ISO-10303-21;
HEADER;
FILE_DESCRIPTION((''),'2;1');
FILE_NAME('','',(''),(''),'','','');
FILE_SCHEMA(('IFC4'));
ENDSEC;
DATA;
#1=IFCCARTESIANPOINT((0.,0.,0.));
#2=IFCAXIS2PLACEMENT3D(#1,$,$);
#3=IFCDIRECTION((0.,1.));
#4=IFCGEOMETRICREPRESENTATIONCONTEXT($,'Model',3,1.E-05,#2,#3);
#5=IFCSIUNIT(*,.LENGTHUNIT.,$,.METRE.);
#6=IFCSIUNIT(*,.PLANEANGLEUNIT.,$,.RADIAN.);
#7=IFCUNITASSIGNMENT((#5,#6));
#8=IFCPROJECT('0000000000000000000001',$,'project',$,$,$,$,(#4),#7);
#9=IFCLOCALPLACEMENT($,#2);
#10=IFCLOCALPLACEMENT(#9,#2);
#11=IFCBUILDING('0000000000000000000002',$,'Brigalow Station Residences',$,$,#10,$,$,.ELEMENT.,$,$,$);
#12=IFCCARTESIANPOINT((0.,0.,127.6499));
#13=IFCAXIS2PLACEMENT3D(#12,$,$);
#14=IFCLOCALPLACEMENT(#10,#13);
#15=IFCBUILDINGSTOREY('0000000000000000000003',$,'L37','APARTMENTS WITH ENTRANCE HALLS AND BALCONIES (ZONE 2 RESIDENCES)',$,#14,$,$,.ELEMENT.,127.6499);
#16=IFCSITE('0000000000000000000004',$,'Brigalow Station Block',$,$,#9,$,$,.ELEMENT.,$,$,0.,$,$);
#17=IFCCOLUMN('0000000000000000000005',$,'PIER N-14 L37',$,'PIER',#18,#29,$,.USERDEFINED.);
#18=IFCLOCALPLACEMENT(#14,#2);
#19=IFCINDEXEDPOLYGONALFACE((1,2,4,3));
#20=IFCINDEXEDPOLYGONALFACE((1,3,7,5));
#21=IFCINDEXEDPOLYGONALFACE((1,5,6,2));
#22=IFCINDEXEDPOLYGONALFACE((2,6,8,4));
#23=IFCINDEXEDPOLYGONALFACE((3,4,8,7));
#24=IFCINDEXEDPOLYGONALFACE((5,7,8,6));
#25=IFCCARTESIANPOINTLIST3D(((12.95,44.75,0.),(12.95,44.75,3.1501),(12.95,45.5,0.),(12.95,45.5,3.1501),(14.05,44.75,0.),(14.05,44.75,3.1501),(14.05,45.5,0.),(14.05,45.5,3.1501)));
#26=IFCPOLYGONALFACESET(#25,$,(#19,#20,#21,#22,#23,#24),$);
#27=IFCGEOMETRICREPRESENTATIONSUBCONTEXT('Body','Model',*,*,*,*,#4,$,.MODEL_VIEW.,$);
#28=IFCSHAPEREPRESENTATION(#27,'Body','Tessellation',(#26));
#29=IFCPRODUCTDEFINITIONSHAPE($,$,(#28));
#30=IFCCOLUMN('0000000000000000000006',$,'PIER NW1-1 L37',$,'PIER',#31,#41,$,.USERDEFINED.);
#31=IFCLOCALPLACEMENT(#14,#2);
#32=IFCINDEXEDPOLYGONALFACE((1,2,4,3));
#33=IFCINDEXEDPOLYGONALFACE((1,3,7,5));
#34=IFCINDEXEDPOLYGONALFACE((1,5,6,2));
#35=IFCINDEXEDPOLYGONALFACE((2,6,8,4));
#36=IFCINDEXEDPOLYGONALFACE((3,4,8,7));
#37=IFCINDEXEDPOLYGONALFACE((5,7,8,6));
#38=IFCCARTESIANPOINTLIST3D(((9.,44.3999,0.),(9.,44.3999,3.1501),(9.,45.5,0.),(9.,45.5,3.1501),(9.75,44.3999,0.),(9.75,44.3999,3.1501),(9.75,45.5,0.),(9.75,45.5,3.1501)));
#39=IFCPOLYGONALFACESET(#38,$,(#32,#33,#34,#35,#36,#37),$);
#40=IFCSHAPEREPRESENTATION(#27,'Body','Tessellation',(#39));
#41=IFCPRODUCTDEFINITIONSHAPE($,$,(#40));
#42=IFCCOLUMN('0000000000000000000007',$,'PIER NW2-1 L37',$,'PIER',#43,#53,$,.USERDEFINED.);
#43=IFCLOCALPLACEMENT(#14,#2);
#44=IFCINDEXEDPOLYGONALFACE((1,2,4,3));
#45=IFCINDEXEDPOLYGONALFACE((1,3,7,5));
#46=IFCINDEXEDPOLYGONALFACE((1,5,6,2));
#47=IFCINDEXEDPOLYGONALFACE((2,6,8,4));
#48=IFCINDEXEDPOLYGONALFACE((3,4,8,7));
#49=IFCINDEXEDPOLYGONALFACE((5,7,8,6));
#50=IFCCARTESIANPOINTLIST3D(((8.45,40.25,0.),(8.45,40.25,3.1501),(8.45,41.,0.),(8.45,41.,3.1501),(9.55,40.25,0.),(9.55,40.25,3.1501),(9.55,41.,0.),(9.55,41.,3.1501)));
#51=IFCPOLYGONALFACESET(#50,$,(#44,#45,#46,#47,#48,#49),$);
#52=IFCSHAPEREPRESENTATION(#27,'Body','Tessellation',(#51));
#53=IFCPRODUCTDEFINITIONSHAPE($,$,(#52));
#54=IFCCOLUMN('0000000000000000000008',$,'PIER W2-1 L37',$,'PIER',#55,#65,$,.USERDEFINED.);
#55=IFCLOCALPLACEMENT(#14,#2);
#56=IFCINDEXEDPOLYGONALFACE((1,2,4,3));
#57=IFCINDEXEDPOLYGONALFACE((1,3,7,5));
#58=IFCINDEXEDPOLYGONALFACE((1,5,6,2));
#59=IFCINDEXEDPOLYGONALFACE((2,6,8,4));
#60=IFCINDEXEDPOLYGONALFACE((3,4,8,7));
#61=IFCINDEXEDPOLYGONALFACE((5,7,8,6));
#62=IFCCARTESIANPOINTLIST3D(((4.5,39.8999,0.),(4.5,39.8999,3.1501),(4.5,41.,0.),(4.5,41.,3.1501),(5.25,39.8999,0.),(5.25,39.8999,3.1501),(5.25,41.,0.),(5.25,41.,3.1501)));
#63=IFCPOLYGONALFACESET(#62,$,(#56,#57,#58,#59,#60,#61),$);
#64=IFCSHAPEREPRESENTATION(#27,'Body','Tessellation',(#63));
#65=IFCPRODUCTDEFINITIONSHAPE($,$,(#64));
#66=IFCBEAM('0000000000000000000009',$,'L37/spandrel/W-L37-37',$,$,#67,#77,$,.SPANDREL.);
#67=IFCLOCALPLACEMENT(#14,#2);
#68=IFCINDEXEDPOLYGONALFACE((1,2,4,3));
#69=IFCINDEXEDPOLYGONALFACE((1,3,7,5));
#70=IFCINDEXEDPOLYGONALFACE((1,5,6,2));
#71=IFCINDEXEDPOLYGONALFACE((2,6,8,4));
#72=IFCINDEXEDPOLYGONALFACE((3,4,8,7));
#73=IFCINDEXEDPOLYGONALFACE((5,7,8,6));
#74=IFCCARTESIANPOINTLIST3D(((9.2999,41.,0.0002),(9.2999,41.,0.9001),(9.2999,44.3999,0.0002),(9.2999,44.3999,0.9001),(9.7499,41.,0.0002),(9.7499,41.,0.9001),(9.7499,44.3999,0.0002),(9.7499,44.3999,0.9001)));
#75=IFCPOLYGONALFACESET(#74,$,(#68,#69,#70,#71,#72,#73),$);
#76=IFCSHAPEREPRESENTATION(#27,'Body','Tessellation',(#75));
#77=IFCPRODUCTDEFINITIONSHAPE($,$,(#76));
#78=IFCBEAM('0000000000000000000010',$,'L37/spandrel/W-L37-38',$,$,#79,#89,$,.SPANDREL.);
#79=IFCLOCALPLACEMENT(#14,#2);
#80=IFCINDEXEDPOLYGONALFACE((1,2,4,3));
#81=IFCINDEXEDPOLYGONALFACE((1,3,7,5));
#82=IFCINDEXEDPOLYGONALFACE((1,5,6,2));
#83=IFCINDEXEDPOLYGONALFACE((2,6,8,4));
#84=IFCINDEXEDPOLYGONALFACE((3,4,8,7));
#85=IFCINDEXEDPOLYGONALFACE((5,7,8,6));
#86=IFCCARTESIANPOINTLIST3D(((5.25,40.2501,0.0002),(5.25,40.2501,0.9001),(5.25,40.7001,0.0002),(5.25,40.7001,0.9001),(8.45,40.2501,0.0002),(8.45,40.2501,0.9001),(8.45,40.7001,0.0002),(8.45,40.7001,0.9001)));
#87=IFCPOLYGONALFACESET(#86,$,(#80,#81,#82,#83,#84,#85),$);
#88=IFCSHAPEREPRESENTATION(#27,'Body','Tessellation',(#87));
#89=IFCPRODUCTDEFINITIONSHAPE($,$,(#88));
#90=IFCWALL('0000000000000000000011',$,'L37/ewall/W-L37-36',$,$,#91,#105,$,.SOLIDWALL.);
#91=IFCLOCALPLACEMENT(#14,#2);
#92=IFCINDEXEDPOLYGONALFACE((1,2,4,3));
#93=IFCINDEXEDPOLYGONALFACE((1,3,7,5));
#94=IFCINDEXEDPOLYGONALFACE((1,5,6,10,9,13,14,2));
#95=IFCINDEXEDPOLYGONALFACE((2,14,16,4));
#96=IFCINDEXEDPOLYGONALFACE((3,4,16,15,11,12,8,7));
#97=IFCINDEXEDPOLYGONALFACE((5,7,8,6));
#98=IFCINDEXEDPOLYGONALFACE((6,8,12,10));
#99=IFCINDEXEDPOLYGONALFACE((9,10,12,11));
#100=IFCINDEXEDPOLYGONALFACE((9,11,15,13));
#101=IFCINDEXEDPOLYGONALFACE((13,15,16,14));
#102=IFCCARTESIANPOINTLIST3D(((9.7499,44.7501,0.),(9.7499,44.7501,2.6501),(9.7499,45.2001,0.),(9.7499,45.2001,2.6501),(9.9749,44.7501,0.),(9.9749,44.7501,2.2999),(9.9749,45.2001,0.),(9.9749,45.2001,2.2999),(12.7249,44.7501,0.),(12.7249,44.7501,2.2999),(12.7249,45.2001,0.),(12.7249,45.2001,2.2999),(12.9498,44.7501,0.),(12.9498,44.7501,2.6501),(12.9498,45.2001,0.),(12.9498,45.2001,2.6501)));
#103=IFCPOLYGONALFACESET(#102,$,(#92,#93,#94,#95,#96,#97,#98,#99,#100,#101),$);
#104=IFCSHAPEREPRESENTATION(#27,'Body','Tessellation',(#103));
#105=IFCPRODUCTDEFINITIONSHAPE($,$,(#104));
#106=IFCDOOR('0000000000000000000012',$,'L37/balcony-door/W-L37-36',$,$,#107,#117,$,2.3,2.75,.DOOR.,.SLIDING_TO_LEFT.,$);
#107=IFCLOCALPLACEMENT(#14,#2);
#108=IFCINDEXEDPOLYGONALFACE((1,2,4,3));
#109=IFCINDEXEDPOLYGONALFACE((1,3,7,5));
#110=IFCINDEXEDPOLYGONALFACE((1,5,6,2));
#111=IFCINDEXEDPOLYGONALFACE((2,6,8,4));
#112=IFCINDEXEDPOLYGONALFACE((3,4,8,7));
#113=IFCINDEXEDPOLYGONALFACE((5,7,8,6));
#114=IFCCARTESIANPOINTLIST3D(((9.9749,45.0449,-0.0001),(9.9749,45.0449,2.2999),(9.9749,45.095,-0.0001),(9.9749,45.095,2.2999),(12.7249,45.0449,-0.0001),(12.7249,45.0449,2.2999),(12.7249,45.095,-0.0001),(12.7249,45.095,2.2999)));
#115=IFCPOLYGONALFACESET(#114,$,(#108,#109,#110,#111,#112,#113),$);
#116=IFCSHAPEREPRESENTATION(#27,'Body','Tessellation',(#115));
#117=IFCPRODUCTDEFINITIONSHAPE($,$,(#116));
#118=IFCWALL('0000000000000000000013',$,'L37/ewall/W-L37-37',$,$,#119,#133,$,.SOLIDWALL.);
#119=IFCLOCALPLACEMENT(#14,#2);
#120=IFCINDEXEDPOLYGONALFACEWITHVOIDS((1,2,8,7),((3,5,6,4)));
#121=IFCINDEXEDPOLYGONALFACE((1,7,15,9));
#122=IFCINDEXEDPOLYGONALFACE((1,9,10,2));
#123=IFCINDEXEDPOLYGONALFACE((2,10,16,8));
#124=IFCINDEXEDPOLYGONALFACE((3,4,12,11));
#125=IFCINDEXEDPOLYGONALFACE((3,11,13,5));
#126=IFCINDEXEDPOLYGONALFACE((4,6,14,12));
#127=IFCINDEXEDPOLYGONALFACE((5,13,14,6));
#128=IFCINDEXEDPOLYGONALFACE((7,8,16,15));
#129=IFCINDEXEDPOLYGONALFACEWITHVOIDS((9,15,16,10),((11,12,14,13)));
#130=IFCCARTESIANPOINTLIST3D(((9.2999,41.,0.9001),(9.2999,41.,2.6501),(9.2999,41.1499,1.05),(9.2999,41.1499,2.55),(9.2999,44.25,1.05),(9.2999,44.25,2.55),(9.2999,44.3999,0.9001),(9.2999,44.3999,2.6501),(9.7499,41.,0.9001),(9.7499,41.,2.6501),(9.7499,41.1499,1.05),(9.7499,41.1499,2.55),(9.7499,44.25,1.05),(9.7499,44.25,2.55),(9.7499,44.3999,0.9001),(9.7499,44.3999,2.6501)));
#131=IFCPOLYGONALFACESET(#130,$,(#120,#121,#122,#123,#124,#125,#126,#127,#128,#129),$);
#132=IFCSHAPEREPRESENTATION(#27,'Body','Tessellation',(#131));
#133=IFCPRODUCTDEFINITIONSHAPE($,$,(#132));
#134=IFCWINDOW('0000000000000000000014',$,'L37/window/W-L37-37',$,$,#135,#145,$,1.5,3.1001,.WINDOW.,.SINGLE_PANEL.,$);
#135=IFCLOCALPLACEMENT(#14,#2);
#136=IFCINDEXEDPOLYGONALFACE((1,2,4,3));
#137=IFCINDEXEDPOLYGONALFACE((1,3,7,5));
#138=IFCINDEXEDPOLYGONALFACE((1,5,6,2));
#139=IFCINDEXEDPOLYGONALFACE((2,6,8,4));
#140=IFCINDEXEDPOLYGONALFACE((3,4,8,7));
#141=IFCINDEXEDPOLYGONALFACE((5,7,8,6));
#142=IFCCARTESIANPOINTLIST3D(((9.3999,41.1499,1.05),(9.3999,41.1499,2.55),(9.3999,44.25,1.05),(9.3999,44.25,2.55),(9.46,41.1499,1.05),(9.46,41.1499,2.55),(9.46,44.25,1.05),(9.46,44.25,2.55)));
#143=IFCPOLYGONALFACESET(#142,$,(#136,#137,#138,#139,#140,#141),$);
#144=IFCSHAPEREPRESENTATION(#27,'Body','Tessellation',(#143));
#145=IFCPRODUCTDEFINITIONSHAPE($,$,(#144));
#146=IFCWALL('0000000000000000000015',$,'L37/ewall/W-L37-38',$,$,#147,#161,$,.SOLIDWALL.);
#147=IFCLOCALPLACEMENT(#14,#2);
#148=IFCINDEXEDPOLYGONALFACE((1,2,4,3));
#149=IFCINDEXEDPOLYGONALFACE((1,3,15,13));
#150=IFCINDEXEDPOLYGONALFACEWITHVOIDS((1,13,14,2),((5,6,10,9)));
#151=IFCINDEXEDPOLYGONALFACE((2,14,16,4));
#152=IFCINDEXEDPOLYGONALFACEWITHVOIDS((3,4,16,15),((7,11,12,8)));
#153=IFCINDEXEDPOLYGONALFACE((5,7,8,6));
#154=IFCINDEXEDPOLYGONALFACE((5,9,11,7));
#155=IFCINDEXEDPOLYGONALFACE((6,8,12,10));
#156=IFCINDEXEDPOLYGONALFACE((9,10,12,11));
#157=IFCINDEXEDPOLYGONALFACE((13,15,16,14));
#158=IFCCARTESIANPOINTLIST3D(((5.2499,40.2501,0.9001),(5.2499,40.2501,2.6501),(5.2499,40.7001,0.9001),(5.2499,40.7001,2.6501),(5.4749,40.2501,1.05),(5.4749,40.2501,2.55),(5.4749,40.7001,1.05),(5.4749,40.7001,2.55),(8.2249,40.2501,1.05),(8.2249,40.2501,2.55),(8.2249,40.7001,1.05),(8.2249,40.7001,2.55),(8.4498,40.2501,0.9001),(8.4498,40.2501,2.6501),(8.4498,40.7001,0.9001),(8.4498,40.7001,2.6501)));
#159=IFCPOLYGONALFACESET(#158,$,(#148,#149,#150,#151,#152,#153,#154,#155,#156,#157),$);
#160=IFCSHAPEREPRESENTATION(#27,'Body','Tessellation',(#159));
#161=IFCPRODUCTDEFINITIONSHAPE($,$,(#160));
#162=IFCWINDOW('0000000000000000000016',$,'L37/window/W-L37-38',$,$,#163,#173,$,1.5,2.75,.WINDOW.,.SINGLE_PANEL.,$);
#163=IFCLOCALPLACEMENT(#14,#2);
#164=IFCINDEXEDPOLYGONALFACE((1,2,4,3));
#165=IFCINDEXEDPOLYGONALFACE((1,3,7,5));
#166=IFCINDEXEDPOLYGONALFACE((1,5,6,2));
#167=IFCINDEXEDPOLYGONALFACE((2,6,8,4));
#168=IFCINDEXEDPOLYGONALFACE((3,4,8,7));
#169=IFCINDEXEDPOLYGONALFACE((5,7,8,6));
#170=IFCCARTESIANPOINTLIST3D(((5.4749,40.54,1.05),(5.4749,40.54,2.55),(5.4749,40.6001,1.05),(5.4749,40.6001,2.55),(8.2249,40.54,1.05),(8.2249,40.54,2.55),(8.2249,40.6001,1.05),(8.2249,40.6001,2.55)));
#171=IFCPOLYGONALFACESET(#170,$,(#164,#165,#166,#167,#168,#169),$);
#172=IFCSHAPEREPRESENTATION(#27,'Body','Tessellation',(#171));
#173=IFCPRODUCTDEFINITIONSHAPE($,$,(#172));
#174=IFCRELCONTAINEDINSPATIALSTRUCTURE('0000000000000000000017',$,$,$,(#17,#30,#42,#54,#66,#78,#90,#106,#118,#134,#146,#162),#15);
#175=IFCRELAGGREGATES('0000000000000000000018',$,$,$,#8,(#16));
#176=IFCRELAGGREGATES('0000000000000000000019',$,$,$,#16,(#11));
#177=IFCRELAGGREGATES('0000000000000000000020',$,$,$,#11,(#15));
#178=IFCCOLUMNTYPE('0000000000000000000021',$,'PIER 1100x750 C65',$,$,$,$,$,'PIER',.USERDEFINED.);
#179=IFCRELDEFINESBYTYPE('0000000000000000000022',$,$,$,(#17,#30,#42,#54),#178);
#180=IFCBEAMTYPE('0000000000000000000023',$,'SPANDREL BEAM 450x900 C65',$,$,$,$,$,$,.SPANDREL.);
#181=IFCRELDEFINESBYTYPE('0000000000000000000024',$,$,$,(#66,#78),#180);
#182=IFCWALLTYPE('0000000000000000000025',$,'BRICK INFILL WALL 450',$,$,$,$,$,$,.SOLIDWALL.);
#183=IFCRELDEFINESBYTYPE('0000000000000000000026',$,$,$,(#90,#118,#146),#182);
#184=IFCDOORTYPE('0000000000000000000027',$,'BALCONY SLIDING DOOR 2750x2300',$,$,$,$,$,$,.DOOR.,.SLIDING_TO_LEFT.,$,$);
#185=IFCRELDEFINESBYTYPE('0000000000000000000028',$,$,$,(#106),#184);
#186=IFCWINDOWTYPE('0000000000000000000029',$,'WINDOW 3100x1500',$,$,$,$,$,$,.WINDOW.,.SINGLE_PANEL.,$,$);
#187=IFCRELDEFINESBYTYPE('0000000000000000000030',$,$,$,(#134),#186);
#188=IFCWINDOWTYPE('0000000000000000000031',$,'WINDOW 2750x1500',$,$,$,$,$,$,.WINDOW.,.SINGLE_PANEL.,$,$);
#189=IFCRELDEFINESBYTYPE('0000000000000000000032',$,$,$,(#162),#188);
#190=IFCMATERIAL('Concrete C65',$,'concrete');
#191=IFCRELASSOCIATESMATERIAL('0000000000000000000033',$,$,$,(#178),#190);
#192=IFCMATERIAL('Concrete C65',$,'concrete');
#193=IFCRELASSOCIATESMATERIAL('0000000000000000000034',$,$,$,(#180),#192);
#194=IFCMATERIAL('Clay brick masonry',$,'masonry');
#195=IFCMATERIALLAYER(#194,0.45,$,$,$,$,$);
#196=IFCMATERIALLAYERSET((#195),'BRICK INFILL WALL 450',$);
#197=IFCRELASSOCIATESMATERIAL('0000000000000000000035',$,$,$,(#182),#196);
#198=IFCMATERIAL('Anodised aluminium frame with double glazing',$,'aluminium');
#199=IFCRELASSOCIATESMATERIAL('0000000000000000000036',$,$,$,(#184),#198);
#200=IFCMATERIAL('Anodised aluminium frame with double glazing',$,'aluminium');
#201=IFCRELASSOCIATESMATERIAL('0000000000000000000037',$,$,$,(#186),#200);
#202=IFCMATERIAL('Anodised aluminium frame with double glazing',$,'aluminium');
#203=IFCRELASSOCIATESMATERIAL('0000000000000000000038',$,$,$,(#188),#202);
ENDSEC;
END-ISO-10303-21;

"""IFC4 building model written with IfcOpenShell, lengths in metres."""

from ifc_helpers import new_model, si_unit, direction, frame, frame_2d, origin, origin_2d, place, context, subcontext, project, spatial, rectangle, extrude, material, layer, layer_set, material_profile, profile_set, type_object, element, fill, save


model = new_model("IFC4")

# Units and contexts
model_context = context("Model", 3, precision=1e-05, world=origin(), true_north=direction((0.0, 1.0)))
body_context = subcontext(model_context, "Body", "Model", "MODEL_VIEW")
ifc_project = project(units=[si_unit("LENGTHUNIT", "METRE"), si_unit("PLANEANGLEUNIT", "RADIAN")], contexts=[model_context])

# Site, building, storey
site_placement = place(None, origin())
site = spatial("IfcSite", under=ifc_project, at=site_placement, Name="Brigalow Station Block", CompositionType="ELEMENT", RefElevation=0.0)
building_placement = place(site_placement, origin())
building = spatial("IfcBuilding", under=site, at=building_placement, Name="Brigalow Station Residences", CompositionType="ELEMENT")
storey_placement = place(building_placement, frame((0.0, 0.0, 127.6499)))
storey = spatial("IfcBuildingStorey", under=building, at=storey_placement, Name="L37", Description="APARTMENTS WITH ENTRANCE HALLS AND BALCONIES (ZONE 2 RESIDENCES)", CompositionType="ELEMENT", Elevation=127.6499)

# Columns
ifc_material_1 = material(Name="Concrete C65", Category="concrete")
ifc_material_profile_1 = material_profile(ifc_material_1, rectangle(XDim=1.1001, YDim=0.75, at=origin_2d()), Name="RC1100x750")
ifc_profile_set_1 = profile_set([ifc_material_profile_1], Name="Concrete C65")
column_type = type_object("IfcColumnType", Name="PIER 1100x750 C65", ElementType="PIER", PredefinedType="USERDEFINED", material=ifc_profile_set_1)
for number, where, z_axis, x_axis, name in (
    (1, (13.5, 45.125, 0.0), (0.0, 0.0, 1.0), (-1.0, 0.0, 0.0), "PIER N-14 L37"),
    (2, (9.375, 44.95, 0.0), (0.0, 0.0, 1.0), (0.0, -1.0, 0.0), "PIER NW1-1 L37"),
    (3, (9.0, 40.625, 0.0), (0.0, 0.0, 1.0), (-1.0, 0.0, 0.0), "PIER NW2-1 L37"),
    (4, (4.875, 40.45, 0.0), (0.0, 0.0, 1.0), (0.0, -1.0, 0.0), "PIER W2-1 L37"),
):
    element("IfcColumn", number, at=place(storey_placement, frame(where, z_axis=z_axis, x_axis=x_axis)), inside=storey, type_object=column_type, Name=name, ObjectType="PIER", PredefinedType="USERDEFINED", context=body_context, shape_type="SweptSolid", body=[
        extrude(rectangle(XDim=1.1001, YDim=0.75, at=origin_2d()), origin(), (0.0, 0.0, 1.0), 3.1501),
    ])

# Beams
ifc_material_2 = material(Name="Concrete C65", Category="concrete")
ifc_material_profile_2 = material_profile(ifc_material_2, rectangle(XDim=0.45, YDim=0.8999, at=origin_2d()), Name="RC450x900")
ifc_profile_set_2 = profile_set([ifc_material_profile_2], Name="Concrete C65")
beam_type = type_object("IfcBeamType", Name="SPANDREL BEAM 450x900 C65", PredefinedType="SPANDREL", material=ifc_profile_set_2)
beam_1_placement = place(storey_placement, frame((9.5249, 44.3999, 0.4502), z_axis=(0.0, -1.0, 0.0), x_axis=(1.0, 0.0, 0.0)))
element("IfcBeam", 5, at=beam_1_placement, inside=storey, type_object=beam_type, Name="L37/spandrel/W-L37-37", PredefinedType="SPANDREL", context=body_context, shape_type="SweptSolid", body=[
    extrude(rectangle(XDim=0.45, YDim=0.8999, at=origin_2d()), origin(), (0.0, 0.0, 1.0), 3.3999),
])
beam_2_placement = place(storey_placement, frame((8.45, 40.4751, 0.4502), z_axis=(-1.0, 0.0, 0.0), x_axis=(0.0, -1.0, 0.0)))
element("IfcBeam", 6, at=beam_2_placement, inside=storey, type_object=beam_type, Name="L37/spandrel/W-L37-38", PredefinedType="SPANDREL", context=body_context, shape_type="SweptSolid", body=[
    extrude(rectangle(XDim=0.45, YDim=0.8999, at=origin_2d()), origin(), (0.0, 0.0, 1.0), 3.2),
])

# Wall, opening, door
ifc_material_3 = material(Name="Clay brick masonry", Category="masonry")
ifc_layer_1 = layer(ifc_material_3, 0.45)
ifc_layer_set_1 = layer_set([ifc_layer_1], Name="BRICK INFILL WALL 450")
wall_type_1 = type_object("IfcWallType", Name="BRICK INFILL WALL 450", PredefinedType="SOLIDWALL", material=ifc_layer_set_1)
wall_1_placement = place(storey_placement, frame((12.95, 44.9751, 0.0), z_axis=(0.0, 0.0, 1.0), x_axis=(-1.0, 0.0, 0.0)))
wall_1 = element("IfcWall", 7, at=wall_1_placement, inside=storey, type_object=wall_type_1, Name="L37/ewall/W-L37-36", PredefinedType="SOLIDWALL", context=body_context, shape_type="SweptSolid", body=[
    extrude(rectangle(XDim=3.2, YDim=0.45, at=frame_2d((1.6001, 0.0))), origin(), (0.0, 0.0, 1.0), 2.6501),
])
opening_1_placement = place(wall_1_placement, frame((0.2251, 0.0, 0.0)))
opening_1 = element("IfcOpeningElement", 8, at=opening_1_placement, cuts=wall_1, PredefinedType="OPENING", context=body_context, shape_type="SweptSolid", body=[
    extrude(rectangle(XDim=2.75, YDim=2.3, at=frame_2d((1.375, 1.1499))), frame((0.0, 0.2349, 0.0), z_axis=(0.0, -1.0, 0.0), x_axis=(1.0, 0.0, 0.0)), (0.0, 0.0, 1.0), 0.47),
])
ifc_material_4 = material(Name="Anodised aluminium frame with double glazing", Category="aluminium")
door_type_1 = type_object("IfcDoorType", Name="BALCONY SLIDING DOOR 2750x2300", OperationType="SLIDING_TO_LEFT", PredefinedType="DOOR", material=ifc_material_4)
door_1_placement = place(opening_1_placement, origin())
door_1 = element("IfcDoor", 9, at=door_1_placement, inside=storey, type_object=door_type_1, Name="L37/balcony-door/W-L37-36", OperationType="SLIDING_TO_LEFT", OverallHeight=2.3, OverallWidth=2.75, PredefinedType="DOOR", context=body_context, shape_type="SweptSolid", body=[
    extrude(rectangle(XDim=2.75, YDim=2.3, at=frame_2d((1.375, 1.1499))), frame((0.0, -0.0698, 0.0), z_axis=(0.0, -1.0, 0.0), x_axis=(1.0, 0.0, 0.0)), (0.0, 0.0, 1.0), 0.05),
])
fill(opening_1, door_1)

# Walls, openings, windows
wall_2_placement = place(storey_placement, frame((9.5249, 44.3999, 0.9001), z_axis=(0.0, 0.0, 1.0), x_axis=(0.0, -1.0, 0.0)))
wall_2 = element("IfcWall", 10, at=wall_2_placement, inside=storey, type_object=wall_type_1, Name="L37/ewall/W-L37-37", PredefinedType="SOLIDWALL", context=body_context, shape_type="SweptSolid", body=[
    extrude(rectangle(XDim=3.3999, YDim=0.45, at=frame_2d((1.7, 0.0))), origin(), (0.0, 0.0, 1.0), 1.75),
])
opening_2_placement = place(wall_2_placement, frame((0.1499, 0.0, 0.1499)))
opening_2 = element("IfcOpeningElement", 11, at=opening_2_placement, cuts=wall_2, PredefinedType="OPENING", context=body_context, shape_type="SweptSolid", body=[
    extrude(rectangle(XDim=3.1001, YDim=1.5, at=frame_2d((1.55, 0.75))), frame((0.0, 0.2349, 0.0), z_axis=(0.0, -1.0, 0.0), x_axis=(1.0, 0.0, 0.0)), (0.0, 0.0, 1.0), 0.47),
])
ifc_material_5 = material(Name="Anodised aluminium frame with double glazing", Category="aluminium")
window_type_1 = type_object("IfcWindowType", Name="WINDOW 3100x1500", PartitioningType="SINGLE_PANEL", PredefinedType="WINDOW", material=ifc_material_5)
window_1_placement = place(opening_2_placement, origin())
window_1 = element("IfcWindow", 12, at=window_1_placement, inside=storey, type_object=window_type_1, Name="L37/window/W-L37-37", OverallHeight=1.5, OverallWidth=3.1001, PartitioningType="SINGLE_PANEL", PredefinedType="WINDOW", context=body_context, shape_type="SweptSolid", body=[
    extrude(rectangle(XDim=3.1001, YDim=1.5, at=frame_2d((1.55, 0.75))), frame((0.0, -0.0649, 0.0), z_axis=(0.0, -1.0, 0.0), x_axis=(1.0, 0.0, 0.0)), (0.0, 0.0, 1.0), 0.0601),
])
fill(opening_2, window_1)
wall_3_placement = place(storey_placement, frame((8.45, 40.4751, 0.9001), z_axis=(0.0, 0.0, 1.0), x_axis=(-1.0, 0.0, 0.0)))
wall_3 = element("IfcWall", 13, at=wall_3_placement, inside=storey, type_object=wall_type_1, Name="L37/ewall/W-L37-38", PredefinedType="SOLIDWALL", context=body_context, shape_type="SweptSolid", body=[
    extrude(rectangle(XDim=3.2, YDim=0.45, at=frame_2d((1.6001, 0.0))), origin(), (0.0, 0.0, 1.0), 1.75),
])
opening_3_placement = place(wall_3_placement, frame((0.2251, 0.0, 0.1499)))
opening_3 = element("IfcOpeningElement", 14, at=opening_3_placement, cuts=wall_3, PredefinedType="OPENING", context=body_context, shape_type="SweptSolid", body=[
    extrude(rectangle(XDim=2.75, YDim=1.5, at=frame_2d((1.375, 0.75))), frame((0.0, 0.2349, 0.0), z_axis=(0.0, -1.0, 0.0), x_axis=(1.0, 0.0, 0.0)), (0.0, 0.0, 1.0), 0.47),
])
ifc_material_6 = material(Name="Anodised aluminium frame with double glazing", Category="aluminium")
window_type_2 = type_object("IfcWindowType", Name="WINDOW 2750x1500", PartitioningType="SINGLE_PANEL", PredefinedType="WINDOW", material=ifc_material_6)
window_2_placement = place(opening_3_placement, origin())
window_2 = element("IfcWindow", 15, at=window_2_placement, inside=storey, type_object=window_type_2, Name="L37/window/W-L37-38", OverallHeight=1.5, OverallWidth=2.75, PartitioningType="SINGLE_PANEL", PredefinedType="WINDOW", context=body_context, shape_type="SweptSolid", body=[
    extrude(rectangle(XDim=2.75, YDim=1.5, at=frame_2d((1.375, 0.75))), frame((0.0, -0.0649, 0.0), z_axis=(0.0, -1.0, 0.0), x_axis=(1.0, 0.0, 0.0)), (0.0, 0.0, 1.0), 0.0601),
])
fill(opening_3, window_2)

save(model, "model.ifc")
